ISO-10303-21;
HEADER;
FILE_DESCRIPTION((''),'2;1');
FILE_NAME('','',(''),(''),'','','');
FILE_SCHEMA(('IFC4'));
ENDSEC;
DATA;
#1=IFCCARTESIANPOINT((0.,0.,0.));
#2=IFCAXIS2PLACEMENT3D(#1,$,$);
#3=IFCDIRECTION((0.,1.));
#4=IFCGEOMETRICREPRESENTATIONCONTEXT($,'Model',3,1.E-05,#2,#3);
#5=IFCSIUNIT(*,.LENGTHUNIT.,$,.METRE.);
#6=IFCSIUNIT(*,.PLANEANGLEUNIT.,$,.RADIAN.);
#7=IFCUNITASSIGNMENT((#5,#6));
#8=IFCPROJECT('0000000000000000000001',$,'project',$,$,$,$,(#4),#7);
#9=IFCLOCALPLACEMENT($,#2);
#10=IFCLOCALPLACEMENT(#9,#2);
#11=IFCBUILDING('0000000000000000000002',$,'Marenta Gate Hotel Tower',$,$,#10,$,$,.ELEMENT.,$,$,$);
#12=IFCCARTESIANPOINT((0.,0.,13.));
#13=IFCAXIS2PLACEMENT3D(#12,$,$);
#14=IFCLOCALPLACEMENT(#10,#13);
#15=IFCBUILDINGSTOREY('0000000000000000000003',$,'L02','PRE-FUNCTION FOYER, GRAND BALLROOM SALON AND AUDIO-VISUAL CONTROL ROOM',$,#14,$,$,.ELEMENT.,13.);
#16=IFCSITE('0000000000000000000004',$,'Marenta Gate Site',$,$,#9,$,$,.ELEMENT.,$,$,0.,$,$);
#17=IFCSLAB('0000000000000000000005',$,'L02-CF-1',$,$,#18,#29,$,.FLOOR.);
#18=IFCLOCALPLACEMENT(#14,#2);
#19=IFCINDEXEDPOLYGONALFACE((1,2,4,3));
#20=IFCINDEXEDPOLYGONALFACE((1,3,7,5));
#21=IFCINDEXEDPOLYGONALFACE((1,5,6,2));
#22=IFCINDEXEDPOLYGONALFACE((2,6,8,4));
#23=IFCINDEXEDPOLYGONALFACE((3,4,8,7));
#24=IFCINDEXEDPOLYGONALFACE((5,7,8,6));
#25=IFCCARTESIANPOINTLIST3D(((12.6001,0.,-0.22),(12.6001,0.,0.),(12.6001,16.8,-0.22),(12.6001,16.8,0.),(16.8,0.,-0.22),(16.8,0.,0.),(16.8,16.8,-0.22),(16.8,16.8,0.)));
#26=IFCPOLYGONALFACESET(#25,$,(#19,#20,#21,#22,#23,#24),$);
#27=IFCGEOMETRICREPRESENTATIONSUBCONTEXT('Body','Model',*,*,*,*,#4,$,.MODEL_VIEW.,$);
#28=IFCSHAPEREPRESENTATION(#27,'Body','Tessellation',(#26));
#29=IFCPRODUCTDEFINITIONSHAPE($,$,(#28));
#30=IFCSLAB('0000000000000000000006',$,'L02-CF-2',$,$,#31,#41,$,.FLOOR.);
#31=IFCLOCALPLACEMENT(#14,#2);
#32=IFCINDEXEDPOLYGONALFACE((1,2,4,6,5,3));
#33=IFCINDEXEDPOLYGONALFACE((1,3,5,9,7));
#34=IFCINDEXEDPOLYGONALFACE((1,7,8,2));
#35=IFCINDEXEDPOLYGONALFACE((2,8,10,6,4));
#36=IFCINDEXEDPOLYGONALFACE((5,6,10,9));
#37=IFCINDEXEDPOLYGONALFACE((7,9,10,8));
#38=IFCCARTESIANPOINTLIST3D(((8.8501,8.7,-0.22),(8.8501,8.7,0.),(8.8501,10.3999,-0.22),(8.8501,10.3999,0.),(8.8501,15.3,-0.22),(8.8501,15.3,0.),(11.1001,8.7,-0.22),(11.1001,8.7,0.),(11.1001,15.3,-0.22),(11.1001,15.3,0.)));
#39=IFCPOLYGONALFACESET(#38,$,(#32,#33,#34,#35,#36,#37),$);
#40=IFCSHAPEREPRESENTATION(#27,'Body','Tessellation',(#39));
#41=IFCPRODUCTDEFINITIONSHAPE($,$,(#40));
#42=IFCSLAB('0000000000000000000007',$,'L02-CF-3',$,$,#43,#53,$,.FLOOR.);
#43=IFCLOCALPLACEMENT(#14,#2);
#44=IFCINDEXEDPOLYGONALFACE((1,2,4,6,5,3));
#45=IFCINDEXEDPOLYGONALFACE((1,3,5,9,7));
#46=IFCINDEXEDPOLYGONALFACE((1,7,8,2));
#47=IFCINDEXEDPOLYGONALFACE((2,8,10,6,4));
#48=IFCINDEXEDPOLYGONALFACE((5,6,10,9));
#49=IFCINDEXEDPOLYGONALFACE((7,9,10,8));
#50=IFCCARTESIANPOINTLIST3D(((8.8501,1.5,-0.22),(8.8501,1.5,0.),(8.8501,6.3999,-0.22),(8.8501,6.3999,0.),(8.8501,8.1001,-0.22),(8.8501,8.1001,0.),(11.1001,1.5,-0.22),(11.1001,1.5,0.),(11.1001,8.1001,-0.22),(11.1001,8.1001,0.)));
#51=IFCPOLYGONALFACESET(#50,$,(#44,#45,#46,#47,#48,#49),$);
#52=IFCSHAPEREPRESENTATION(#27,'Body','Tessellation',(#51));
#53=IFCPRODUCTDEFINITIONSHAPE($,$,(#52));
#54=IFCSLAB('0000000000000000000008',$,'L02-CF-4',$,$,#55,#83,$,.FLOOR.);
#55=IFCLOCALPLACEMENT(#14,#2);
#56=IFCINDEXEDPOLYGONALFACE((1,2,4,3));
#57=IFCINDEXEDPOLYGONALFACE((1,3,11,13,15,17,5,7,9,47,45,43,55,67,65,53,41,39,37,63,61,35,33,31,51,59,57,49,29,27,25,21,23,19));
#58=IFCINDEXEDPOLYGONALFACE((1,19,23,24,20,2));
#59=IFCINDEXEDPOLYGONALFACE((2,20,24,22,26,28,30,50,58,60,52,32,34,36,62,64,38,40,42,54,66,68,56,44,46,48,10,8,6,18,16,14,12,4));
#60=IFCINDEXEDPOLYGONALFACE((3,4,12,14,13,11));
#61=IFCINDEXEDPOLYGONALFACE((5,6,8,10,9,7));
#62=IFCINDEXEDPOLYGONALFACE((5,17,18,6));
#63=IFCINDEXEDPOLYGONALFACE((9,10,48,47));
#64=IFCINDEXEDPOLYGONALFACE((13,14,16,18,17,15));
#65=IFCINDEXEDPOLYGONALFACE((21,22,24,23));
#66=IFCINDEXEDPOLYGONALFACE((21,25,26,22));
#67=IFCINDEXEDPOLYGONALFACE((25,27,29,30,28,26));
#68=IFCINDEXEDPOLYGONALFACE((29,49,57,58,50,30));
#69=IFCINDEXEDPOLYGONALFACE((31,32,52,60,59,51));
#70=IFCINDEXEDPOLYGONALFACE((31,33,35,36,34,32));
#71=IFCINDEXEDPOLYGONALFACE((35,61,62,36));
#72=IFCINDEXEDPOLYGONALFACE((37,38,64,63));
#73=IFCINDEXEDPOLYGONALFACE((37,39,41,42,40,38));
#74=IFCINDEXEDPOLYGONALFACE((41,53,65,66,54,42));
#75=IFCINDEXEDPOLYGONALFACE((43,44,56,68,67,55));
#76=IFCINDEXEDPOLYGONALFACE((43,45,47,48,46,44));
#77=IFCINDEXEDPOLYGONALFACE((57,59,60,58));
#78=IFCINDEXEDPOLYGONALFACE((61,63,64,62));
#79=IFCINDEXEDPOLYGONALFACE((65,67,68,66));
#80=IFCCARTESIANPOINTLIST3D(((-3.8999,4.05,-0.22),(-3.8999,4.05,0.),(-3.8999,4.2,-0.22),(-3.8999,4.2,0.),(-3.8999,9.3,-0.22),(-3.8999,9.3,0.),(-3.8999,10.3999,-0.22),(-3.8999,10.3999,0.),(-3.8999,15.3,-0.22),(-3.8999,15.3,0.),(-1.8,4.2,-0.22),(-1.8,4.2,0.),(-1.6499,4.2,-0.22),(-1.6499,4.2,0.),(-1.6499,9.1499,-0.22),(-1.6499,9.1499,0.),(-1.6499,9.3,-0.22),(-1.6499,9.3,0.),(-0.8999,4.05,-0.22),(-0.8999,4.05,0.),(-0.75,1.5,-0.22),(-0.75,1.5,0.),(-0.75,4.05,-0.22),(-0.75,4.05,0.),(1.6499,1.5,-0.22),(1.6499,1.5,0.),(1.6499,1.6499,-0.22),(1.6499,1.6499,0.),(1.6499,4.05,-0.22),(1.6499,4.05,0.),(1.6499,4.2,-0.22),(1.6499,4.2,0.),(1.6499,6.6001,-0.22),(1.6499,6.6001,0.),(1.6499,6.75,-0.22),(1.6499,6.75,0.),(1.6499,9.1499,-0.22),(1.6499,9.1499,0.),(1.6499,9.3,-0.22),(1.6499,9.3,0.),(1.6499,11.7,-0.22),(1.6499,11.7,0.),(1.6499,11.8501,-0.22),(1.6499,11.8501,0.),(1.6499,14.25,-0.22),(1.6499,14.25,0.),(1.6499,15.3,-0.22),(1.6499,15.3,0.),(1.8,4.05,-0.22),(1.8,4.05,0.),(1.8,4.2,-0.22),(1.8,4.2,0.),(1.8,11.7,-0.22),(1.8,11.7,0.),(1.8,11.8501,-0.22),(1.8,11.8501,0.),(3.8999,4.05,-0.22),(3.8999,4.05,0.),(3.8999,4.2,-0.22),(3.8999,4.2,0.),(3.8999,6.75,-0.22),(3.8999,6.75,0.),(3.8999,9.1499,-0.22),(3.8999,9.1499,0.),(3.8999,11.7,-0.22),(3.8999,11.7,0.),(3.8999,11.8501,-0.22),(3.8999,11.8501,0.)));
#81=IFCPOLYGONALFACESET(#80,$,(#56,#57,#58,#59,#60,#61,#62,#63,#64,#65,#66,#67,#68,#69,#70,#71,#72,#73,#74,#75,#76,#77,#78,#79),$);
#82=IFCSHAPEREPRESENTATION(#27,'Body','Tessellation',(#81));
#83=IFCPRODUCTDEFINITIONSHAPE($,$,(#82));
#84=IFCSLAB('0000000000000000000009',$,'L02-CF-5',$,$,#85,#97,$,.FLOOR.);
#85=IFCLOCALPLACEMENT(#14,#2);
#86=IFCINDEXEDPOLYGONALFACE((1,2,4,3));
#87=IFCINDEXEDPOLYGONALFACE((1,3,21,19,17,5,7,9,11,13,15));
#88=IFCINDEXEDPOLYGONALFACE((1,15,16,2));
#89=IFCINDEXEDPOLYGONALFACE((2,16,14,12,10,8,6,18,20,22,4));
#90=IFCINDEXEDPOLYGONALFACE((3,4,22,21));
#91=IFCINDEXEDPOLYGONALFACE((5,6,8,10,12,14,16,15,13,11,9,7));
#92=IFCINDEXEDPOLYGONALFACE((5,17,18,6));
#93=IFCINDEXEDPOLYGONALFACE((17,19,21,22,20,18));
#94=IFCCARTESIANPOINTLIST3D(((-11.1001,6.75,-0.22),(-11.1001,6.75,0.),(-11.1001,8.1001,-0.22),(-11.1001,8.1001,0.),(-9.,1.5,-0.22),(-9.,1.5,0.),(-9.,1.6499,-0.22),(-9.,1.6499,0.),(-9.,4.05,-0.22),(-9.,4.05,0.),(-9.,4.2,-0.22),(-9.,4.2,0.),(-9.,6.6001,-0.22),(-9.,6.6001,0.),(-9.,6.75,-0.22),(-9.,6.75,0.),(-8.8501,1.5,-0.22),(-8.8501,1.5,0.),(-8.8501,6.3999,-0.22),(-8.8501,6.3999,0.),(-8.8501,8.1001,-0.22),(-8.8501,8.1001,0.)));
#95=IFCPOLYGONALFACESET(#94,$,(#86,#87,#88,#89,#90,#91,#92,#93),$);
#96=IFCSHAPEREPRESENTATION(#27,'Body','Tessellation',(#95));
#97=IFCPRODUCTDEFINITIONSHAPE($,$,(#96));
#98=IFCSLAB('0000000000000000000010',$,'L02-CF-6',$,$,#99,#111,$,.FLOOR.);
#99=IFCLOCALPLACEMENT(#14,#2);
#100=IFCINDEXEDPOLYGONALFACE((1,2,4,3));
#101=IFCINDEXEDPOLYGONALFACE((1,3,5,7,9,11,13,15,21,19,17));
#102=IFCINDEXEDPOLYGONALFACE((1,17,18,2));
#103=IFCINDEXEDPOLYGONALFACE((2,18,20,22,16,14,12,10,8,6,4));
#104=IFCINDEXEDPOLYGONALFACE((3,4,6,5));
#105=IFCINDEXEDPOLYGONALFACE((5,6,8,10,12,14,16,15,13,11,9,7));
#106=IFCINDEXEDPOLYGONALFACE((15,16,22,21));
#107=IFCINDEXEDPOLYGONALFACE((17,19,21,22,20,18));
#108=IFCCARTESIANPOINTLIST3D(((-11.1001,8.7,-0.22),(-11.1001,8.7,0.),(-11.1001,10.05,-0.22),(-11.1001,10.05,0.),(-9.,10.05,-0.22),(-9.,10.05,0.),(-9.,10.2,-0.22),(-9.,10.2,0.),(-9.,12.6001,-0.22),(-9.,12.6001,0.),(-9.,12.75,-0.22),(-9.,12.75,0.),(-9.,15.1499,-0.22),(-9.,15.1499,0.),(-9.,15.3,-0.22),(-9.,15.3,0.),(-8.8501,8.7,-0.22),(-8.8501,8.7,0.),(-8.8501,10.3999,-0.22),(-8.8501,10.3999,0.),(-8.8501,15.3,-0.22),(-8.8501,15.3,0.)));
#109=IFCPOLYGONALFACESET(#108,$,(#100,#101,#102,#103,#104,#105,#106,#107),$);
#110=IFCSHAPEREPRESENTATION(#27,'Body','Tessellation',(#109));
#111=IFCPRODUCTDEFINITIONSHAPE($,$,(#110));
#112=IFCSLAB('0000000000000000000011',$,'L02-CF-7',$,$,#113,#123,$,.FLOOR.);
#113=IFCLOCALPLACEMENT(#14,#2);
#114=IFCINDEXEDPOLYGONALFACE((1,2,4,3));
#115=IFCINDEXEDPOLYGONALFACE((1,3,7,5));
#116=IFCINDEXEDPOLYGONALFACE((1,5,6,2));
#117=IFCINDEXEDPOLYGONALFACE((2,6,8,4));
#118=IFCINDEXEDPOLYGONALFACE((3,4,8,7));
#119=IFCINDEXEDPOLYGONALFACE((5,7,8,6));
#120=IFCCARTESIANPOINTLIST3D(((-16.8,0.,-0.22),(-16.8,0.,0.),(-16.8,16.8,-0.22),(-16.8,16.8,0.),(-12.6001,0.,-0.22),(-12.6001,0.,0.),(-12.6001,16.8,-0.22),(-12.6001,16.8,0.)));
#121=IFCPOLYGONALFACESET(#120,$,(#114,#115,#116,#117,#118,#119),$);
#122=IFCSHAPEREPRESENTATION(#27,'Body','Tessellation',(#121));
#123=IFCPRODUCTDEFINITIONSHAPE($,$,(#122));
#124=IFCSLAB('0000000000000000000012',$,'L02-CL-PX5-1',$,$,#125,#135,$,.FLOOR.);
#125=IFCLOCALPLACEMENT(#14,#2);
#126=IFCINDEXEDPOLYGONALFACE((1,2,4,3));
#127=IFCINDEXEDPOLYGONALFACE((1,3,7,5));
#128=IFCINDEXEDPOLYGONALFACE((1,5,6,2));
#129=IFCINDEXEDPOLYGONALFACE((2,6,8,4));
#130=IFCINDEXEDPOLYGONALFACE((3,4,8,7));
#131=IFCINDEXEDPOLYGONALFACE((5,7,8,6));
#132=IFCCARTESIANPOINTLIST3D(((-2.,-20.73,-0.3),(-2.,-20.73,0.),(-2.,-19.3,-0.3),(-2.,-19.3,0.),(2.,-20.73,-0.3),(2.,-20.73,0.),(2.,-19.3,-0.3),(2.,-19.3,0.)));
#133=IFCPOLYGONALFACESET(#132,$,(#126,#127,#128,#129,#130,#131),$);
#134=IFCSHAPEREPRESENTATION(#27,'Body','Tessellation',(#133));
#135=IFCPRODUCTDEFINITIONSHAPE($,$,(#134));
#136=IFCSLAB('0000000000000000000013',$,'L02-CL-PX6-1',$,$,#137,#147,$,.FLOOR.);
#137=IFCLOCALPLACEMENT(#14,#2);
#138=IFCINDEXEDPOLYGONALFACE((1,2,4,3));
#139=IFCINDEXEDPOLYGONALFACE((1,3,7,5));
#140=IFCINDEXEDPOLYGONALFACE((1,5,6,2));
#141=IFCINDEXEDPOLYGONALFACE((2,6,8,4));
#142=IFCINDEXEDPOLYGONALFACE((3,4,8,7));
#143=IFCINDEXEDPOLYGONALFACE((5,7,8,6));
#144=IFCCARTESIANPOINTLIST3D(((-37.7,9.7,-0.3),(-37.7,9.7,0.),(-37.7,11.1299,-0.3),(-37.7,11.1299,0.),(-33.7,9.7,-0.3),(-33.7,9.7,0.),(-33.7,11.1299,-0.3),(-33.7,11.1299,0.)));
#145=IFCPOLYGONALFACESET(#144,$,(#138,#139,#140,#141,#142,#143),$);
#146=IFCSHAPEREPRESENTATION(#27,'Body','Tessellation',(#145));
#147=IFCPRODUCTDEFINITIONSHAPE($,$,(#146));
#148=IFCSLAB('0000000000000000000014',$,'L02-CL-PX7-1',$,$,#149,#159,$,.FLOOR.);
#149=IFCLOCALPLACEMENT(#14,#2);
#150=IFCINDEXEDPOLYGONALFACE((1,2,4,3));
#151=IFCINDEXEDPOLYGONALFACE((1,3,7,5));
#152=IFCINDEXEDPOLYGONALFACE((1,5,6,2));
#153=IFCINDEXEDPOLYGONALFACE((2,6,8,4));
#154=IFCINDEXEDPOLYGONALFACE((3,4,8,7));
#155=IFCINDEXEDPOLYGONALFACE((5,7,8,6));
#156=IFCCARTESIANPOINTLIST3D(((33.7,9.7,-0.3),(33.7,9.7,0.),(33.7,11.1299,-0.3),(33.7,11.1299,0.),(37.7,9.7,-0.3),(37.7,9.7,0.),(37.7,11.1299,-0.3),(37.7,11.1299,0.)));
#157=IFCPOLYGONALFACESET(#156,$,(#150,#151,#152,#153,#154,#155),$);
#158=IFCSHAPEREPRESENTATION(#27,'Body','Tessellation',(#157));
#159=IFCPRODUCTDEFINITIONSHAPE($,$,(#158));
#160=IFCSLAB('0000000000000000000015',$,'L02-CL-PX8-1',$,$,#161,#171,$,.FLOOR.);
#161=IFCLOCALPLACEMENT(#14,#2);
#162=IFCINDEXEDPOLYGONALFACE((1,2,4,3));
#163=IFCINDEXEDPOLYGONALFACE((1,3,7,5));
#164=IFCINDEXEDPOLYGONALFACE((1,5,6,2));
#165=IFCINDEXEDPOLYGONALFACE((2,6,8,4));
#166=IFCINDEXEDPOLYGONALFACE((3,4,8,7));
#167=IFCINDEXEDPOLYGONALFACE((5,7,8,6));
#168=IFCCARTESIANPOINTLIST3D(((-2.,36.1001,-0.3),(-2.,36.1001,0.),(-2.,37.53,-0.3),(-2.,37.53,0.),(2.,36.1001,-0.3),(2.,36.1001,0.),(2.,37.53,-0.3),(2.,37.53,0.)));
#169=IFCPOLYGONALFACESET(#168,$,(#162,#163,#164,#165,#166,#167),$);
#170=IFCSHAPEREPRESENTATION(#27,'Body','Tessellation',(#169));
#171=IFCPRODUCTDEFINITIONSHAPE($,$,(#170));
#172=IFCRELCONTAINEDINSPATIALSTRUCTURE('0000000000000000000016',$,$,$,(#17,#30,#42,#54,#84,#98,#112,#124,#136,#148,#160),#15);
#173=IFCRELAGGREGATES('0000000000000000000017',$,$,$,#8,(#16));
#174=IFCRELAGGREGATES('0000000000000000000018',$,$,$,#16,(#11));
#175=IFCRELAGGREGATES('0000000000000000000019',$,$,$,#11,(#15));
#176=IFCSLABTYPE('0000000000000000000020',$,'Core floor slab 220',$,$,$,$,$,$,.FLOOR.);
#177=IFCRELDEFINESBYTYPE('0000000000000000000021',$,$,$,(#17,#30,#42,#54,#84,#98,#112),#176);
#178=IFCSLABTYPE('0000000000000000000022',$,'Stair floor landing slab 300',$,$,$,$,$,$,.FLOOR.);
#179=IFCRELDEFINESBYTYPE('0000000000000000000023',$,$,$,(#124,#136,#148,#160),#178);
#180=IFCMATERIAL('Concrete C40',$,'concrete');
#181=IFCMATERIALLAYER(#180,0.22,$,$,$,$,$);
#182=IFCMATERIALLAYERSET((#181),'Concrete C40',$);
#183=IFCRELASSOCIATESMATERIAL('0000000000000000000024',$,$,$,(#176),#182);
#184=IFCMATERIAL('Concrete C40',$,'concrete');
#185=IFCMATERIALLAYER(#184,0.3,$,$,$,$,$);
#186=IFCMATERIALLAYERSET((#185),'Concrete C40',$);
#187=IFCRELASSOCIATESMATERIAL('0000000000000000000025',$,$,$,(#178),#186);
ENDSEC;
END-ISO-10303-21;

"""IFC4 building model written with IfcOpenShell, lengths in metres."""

from ifc_helpers import new_model, si_unit, direction, frame, origin, place, context, subcontext, project, spatial, polyline, outline, extrude, material, layer, layer_set, type_object, element, save


model = new_model("IFC4")

# Units and contexts
model_context = context("Model", 3, precision=1e-05, world=origin(), true_north=direction((0.0, 1.0)))
body_context = subcontext(model_context, "Body", "Model", "MODEL_VIEW")
ifc_project = project(units=[si_unit("LENGTHUNIT", "METRE"), si_unit("PLANEANGLEUNIT", "RADIAN")], contexts=[model_context])

# Site, building, storey
site_placement = place(None, origin())
site = spatial("IfcSite", under=ifc_project, at=site_placement, Name="Marenta Gate Site", CompositionType="ELEMENT", RefElevation=0.0)
building_placement = place(site_placement, origin())
building = spatial("IfcBuilding", under=site, at=building_placement, Name="Marenta Gate Hotel Tower", CompositionType="ELEMENT")
storey_placement = place(building_placement, frame((0.0, 0.0, 13.0)))
storey = spatial("IfcBuildingStorey", under=building, at=storey_placement, Name="L02", Description="PRE-FUNCTION FOYER, GRAND BALLROOM SALON AND AUDIO-VISUAL CONTROL ROOM", CompositionType="ELEMENT", Elevation=13.0)

# Slabs
ifc_material_1 = material(Name="Concrete C40", Category="concrete")
ifc_layer_1 = layer(ifc_material_1, 0.22)
ifc_layer_set_1 = layer_set([ifc_layer_1], Name="Concrete C40")
slab_type_1 = type_object("IfcSlabType", Name="Core floor slab 220", PredefinedType="FLOOR", material=ifc_layer_set_1)
slab_1_placement = place(storey_placement, frame((0.0, 0.0, -0.22)))
element("IfcSlab", 1, at=slab_1_placement, inside=storey, type_object=slab_type_1, Name="L02-CF-1", PredefinedType="FLOOR", context=body_context, shape_type="SweptSolid", body=[
    extrude(outline(polyline([(12.6001, 0.0), (12.6001, 16.8), (16.8, 16.8), (16.8, 0.0), (12.6001, 0.0)])), origin(), (0.0, 0.0, 1.0), 0.22),
])
slab_2_placement = place(storey_placement, frame((0.0, 0.0, -0.22)))
element("IfcSlab", 2, at=slab_2_placement, inside=storey, type_object=slab_type_1, Name="L02-CF-2", PredefinedType="FLOOR", context=body_context, shape_type="SweptSolid", body=[
    extrude(outline(polyline([(8.8501, 15.3), (11.1001, 15.3), (11.1001, 8.7), (8.8501, 8.7), (8.8501, 10.3999), (8.8501, 15.3)])), origin(), (0.0, 0.0, 1.0), 0.22),
])
slab_3_placement = place(storey_placement, frame((0.0, 0.0, -0.22)))
element("IfcSlab", 3, at=slab_3_placement, inside=storey, type_object=slab_type_1, Name="L02-CF-3", PredefinedType="FLOOR", context=body_context, shape_type="SweptSolid", body=[
    extrude(outline(polyline([(11.1001, 8.1001), (11.1001, 1.5), (8.8501, 1.5), (8.8501, 6.3999), (8.8501, 8.1001), (11.1001, 8.1001)])), origin(), (0.0, 0.0, 1.0), 0.22),
])
slab_4_placement = place(storey_placement, frame((0.0, 0.0, -0.22)))
element("IfcSlab", 4, at=slab_4_placement, inside=storey, type_object=slab_type_1, Name="L02-CF-4", PredefinedType="FLOOR", context=body_context, shape_type="SweptSolid", body=[
    extrude(outline(polyline([(1.6499, 14.25), (1.6499, 11.8501), (1.8, 11.8501), (3.8999, 11.8501), (3.8999, 11.7), (1.8, 11.7), (1.6499, 11.7), (1.6499, 9.3), (1.6499, 9.1499), (3.8999, 9.1499), (3.8999, 9.3), (3.8999, 10.3999), (3.8999, 10.3999), (3.8999, 6.3999), (3.8999, 6.3999), (3.8999, 6.6001), (3.8999, 6.75), (1.6499, 6.75), (1.6499, 6.6001), (1.6499, 4.2), (1.8, 4.2), (3.8999, 4.2), (3.8999, 4.05), (1.8, 4.05), (1.6499, 4.05), (1.6499, 1.6499), (1.6499, 1.5), (-0.75, 1.5), (-0.75, 4.05), (-0.8999, 4.05), (-3.8999, 4.05), (-3.8999, 4.2), (-1.8, 4.2), (-1.6499, 4.2), (-1.6499, 9.1499), (-1.6499, 9.3), (-3.8999, 9.3), (-3.8999, 9.1499), (-3.8999, 6.75), (-3.8999, 6.6001), (-3.8999, 6.3999), (-3.8999, 6.3999), (-3.8999, 10.3999), (-3.8999, 10.3999), (-3.8999, 15.3), (1.6499, 15.3), (1.6499, 14.25)])), origin(), (0.0, 0.0, 1.0), 0.22),
])
slab_5_placement = place(storey_placement, frame((0.0, 0.0, -0.22)))
element("IfcSlab", 5, at=slab_5_placement, inside=storey, type_object=slab_type_1, Name="L02-CF-5", PredefinedType="FLOOR", context=body_context, shape_type="SweptSolid", body=[
    extrude(outline(polyline([(-8.8501, 8.1001), (-8.8501, 6.3999), (-8.8501, 1.5), (-9.0, 1.5), (-9.0, 1.6499), (-9.0, 4.05), (-9.0, 4.2), (-9.0, 6.6001), (-9.0, 6.75), (-11.1001, 6.75), (-11.1001, 8.1001), (-8.8501, 8.1001)])), origin(), (0.0, 0.0, 1.0), 0.22),
])
slab_6_placement = place(storey_placement, frame((0.0, 0.0, -0.22)))
element("IfcSlab", 6, at=slab_6_placement, inside=storey, type_object=slab_type_1, Name="L02-CF-6", PredefinedType="FLOOR", context=body_context, shape_type="SweptSolid", body=[
    extrude(outline(polyline([(-8.8501, 10.3999), (-8.8501, 8.7), (-11.1001, 8.7), (-11.1001, 10.05), (-9.0, 10.05), (-9.0, 10.2), (-9.0, 12.6001), (-9.0, 12.75), (-9.0, 15.1499), (-9.0, 15.3), (-8.8501, 15.3), (-8.8501, 10.3999)])), origin(), (0.0, 0.0, 1.0), 0.22),
])
slab_7_placement = place(storey_placement, frame((0.0, 0.0, -0.22)))
element("IfcSlab", 7, at=slab_7_placement, inside=storey, type_object=slab_type_1, Name="L02-CF-7", PredefinedType="FLOOR", context=body_context, shape_type="SweptSolid", body=[
    extrude(outline(polyline([(-12.6001, 16.8), (-12.6001, 0.0), (-16.8, 0.0), (-16.8, 16.8), (-12.6001, 16.8)])), origin(), (0.0, 0.0, 1.0), 0.22),
])
ifc_material_2 = material(Name="Concrete C40", Category="concrete")
ifc_layer_2 = layer(ifc_material_2, 0.3)
ifc_layer_set_2 = layer_set([ifc_layer_2], Name="Concrete C40")
slab_type_2 = type_object("IfcSlabType", Name="Stair floor landing slab 300", PredefinedType="FLOOR", material=ifc_layer_set_2)
slab_8_placement = place(storey_placement, frame((0.0, 0.0, -0.3)))
element("IfcSlab", 8, at=slab_8_placement, inside=storey, type_object=slab_type_2, Name="L02-CL-PX5-1", PredefinedType="FLOOR", context=body_context, shape_type="SweptSolid", body=[
    extrude(outline(polyline([(2.0, -20.73), (-2.0, -20.73), (-2.0, -19.3), (2.0, -19.3), (2.0, -20.73)])), origin(), (0.0, 0.0, 1.0), 0.3),
])
slab_9_placement = place(storey_placement, frame((0.0, 0.0, -0.3)))
element("IfcSlab", 9, at=slab_9_placement, inside=storey, type_object=slab_type_2, Name="L02-CL-PX6-1", PredefinedType="FLOOR", context=body_context, shape_type="SweptSolid", body=[
    extrude(outline(polyline([(-33.7, 9.7), (-37.7, 9.7), (-37.7, 11.1299), (-33.7, 11.1299), (-33.7, 9.7)])), origin(), (0.0, 0.0, 1.0), 0.3),
])
slab_10_placement = place(storey_placement, frame((0.0, 0.0, -0.3)))
element("IfcSlab", 10, at=slab_10_placement, inside=storey, type_object=slab_type_2, Name="L02-CL-PX7-1", PredefinedType="FLOOR", context=body_context, shape_type="SweptSolid", body=[
    extrude(outline(polyline([(37.7, 9.7), (33.7, 9.7), (33.7, 11.1299), (37.7, 11.1299), (37.7, 9.7)])), origin(), (0.0, 0.0, 1.0), 0.3),
])
slab_11_placement = place(storey_placement, frame((0.0, 0.0, -0.3)))
element("IfcSlab", 11, at=slab_11_placement, inside=storey, type_object=slab_type_2, Name="L02-CL-PX8-1", PredefinedType="FLOOR", context=body_context, shape_type="SweptSolid", body=[
    extrude(outline(polyline([(2.0, 36.1001), (-2.0, 36.1001), (-2.0, 37.53), (2.0, 37.53), (2.0, 36.1001)])), origin(), (0.0, 0.0, 1.0), 0.3),
])

save(model, "model.ifc")
